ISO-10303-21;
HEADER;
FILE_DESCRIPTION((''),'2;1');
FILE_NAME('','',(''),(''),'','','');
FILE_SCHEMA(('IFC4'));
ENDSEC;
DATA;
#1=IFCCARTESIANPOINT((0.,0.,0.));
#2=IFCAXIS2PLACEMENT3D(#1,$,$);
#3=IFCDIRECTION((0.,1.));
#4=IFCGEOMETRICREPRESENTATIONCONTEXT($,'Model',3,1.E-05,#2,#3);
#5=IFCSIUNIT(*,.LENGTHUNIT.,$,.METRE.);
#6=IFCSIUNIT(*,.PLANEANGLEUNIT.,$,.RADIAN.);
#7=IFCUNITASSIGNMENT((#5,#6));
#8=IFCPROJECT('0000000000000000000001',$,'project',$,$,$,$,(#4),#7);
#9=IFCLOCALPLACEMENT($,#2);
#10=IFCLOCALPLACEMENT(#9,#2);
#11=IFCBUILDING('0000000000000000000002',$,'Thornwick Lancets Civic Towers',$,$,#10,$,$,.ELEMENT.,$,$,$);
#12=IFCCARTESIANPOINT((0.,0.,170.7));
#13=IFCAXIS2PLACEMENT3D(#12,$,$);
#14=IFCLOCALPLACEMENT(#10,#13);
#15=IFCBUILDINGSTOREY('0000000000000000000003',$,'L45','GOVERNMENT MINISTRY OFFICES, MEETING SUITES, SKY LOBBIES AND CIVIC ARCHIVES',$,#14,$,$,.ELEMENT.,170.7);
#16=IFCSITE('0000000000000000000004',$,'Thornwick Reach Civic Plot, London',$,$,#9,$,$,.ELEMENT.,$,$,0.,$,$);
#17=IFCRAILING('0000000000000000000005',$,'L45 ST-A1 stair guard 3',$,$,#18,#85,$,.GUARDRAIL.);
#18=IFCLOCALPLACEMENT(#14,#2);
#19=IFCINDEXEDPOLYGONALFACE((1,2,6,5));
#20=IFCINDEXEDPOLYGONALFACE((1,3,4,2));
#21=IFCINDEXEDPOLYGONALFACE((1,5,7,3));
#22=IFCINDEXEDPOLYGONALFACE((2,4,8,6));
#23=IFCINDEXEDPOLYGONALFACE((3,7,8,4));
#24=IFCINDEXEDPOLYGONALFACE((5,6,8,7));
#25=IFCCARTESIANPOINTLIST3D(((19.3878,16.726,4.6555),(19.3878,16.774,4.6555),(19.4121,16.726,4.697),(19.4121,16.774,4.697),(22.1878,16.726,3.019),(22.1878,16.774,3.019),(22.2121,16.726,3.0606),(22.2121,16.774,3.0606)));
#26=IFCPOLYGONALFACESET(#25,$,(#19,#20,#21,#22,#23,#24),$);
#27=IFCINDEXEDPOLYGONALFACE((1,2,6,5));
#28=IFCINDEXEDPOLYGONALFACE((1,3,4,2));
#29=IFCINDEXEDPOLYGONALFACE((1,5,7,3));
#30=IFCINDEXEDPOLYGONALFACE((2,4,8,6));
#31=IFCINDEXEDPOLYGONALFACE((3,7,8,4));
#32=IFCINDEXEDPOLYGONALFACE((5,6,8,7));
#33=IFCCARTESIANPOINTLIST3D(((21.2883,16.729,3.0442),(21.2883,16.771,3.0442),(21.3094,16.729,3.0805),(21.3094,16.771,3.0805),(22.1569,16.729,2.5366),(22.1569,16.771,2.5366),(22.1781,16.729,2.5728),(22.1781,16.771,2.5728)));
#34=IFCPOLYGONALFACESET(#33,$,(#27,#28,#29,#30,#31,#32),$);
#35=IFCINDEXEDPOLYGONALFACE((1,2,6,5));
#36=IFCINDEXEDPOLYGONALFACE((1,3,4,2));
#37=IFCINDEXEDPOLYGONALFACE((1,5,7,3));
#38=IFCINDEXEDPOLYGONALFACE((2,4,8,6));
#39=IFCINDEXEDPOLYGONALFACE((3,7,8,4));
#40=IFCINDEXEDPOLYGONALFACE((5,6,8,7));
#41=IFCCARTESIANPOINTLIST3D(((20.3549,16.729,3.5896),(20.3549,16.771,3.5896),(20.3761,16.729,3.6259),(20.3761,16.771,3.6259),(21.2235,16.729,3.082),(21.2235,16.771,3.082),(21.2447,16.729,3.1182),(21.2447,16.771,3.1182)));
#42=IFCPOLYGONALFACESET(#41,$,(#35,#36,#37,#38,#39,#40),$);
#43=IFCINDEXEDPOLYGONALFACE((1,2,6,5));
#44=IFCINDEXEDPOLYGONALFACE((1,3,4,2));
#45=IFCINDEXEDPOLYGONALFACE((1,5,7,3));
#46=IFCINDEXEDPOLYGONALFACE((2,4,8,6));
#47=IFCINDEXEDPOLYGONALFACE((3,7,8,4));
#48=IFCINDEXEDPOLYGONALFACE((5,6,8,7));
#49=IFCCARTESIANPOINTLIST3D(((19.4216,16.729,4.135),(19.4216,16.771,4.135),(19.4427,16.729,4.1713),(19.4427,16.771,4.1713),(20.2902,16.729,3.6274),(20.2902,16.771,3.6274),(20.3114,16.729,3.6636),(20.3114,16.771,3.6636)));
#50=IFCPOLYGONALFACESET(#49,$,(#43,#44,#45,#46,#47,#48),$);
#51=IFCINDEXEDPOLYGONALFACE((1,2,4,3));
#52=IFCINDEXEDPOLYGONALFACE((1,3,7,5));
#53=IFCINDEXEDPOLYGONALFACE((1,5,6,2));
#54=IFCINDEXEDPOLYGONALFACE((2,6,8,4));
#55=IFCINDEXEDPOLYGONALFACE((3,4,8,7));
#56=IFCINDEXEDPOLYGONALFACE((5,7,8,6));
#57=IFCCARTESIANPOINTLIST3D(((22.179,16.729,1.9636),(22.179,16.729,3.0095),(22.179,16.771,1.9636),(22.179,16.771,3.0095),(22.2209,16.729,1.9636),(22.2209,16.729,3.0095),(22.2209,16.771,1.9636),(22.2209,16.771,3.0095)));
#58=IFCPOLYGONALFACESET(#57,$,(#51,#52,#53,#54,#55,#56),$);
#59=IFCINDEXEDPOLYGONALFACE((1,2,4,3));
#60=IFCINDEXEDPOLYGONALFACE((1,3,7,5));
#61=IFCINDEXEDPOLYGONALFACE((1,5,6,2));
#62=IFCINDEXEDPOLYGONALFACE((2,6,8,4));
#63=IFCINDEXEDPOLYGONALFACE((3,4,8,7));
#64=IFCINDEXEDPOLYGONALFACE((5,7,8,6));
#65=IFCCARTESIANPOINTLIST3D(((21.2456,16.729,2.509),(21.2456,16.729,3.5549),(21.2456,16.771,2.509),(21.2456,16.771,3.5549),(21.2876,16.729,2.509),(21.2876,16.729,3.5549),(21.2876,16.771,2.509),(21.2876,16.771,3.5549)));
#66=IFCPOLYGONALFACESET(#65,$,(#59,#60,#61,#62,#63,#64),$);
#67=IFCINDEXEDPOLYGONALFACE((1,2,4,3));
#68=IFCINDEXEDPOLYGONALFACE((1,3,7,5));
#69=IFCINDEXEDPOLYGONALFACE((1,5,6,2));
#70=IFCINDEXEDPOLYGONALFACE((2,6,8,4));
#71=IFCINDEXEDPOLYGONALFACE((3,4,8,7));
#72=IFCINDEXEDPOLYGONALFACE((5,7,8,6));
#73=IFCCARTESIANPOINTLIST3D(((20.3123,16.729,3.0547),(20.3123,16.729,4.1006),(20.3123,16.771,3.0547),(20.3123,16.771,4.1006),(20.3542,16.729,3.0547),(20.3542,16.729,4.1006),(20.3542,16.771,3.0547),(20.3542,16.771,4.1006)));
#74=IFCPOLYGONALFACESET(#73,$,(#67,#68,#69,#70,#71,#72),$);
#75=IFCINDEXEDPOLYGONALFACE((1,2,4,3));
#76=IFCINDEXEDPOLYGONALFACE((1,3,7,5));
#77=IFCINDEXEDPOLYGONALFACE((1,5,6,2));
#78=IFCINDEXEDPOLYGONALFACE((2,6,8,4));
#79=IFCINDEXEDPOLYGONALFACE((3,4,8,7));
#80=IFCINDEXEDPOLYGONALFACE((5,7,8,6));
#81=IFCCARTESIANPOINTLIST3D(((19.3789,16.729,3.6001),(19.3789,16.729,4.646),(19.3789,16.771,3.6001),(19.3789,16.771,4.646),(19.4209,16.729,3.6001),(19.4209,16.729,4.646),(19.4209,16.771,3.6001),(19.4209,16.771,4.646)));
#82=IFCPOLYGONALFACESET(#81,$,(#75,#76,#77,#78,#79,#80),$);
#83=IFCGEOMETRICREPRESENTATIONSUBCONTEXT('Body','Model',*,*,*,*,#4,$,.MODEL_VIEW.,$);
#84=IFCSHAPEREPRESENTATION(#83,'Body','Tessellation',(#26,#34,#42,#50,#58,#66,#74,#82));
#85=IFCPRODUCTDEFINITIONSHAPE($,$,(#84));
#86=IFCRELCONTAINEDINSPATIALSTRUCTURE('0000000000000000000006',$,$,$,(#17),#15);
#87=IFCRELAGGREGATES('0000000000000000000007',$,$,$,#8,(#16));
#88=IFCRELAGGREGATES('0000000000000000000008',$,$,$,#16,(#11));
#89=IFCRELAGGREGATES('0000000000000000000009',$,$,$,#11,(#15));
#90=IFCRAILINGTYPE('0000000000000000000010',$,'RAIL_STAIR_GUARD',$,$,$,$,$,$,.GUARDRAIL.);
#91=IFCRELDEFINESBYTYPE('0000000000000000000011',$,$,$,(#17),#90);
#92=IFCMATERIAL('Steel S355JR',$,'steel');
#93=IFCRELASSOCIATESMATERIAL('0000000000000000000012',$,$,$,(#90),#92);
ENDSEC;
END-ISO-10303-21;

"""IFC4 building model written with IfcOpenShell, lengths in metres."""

from ifc_helpers import new_model, si_unit, direction, frame, origin, origin_2d, place, context, subcontext, project, spatial, rectangle, extrude, material, type_object, element, save


model = new_model("IFC4")

# Units and contexts
model_context = context("Model", 3, precision=1e-05, world=origin(), true_north=direction((0.0, 1.0)))
body_context = subcontext(model_context, "Body", "Model", "MODEL_VIEW")
ifc_project = project(units=[si_unit("LENGTHUNIT", "METRE"), si_unit("PLANEANGLEUNIT", "RADIAN")], contexts=[model_context])

# Site, building, storey
site_placement = place(None, origin())
site = spatial("IfcSite", under=ifc_project, at=site_placement, Name="Thornwick Reach Civic Plot, London", CompositionType="ELEMENT", RefElevation=0.0)
building_placement = place(site_placement, origin())
building = spatial("IfcBuilding", under=site, at=building_placement, Name="Thornwick Lancets Civic Towers", CompositionType="ELEMENT")
storey_placement = place(building_placement, frame((0.0, 0.0, 170.7)))
storey = spatial("IfcBuildingStorey", under=building, at=storey_placement, Name="L45", Description="GOVERNMENT MINISTRY OFFICES, MEETING SUITES, SKY LOBBIES AND CIVIC ARCHIVES", CompositionType="ELEMENT", Elevation=170.7)

# Railing
ifc_material_1 = material(Name="Steel S355JR", Category="steel")
railing_type_1 = type_object("IfcRailingType", Name="RAIL_STAIR_GUARD", PredefinedType="GUARDRAIL", material=ifc_material_1)
railing_1_placement = place(storey_placement, frame((22.2, 16.75, 1.9636)))
element("IfcRailing", 1, at=railing_1_placement, inside=storey, type_object=railing_type_1, Name="L45 ST-A1 stair guard 3", PredefinedType="GUARDRAIL", context=body_context, shape_type="SweptSolid", body=[
    extrude(rectangle(XDim=0.0481, YDim=0.0481, at=origin_2d()), frame((0.0, 0.0, 1.0762), z_axis=(-0.863361, 0.0, 0.504587), x_axis=(0.0, -1.0, 0.0)), (0.0, 0.0, 1.0), 3.2432),
    extrude(rectangle(XDim=0.042, YDim=0.042, at=origin_2d()), frame((-0.0325, 0.0, 0.5911), z_axis=(-0.863361, 0.0, 0.504587), x_axis=(0.0, -1.0, 0.0)), (0.0, 0.0, 1.0), 1.0061),
    extrude(rectangle(XDim=0.042, YDim=0.042, at=origin_2d()), frame((-0.9658, 0.0, 1.1365), z_axis=(-0.863361, 0.0, 0.504587), x_axis=(0.0, -1.0, 0.0)), (0.0, 0.0, 1.0), 1.0061),
    extrude(rectangle(XDim=0.042, YDim=0.042, at=origin_2d()), frame((-1.8992, 0.0, 1.6819), z_axis=(-0.863361, 0.0, 0.504587), x_axis=(0.0, -1.0, 0.0)), (0.0, 0.0, 1.0), 1.0061),
    extrude(rectangle(XDim=0.042, YDim=0.042, at=origin_2d()), origin(), (0.0, 0.0, 1.0), 1.0459),
    extrude(rectangle(XDim=0.042, YDim=0.042, at=origin_2d()), frame((-0.9333, 0.0, 0.5454)), (0.0, 0.0, 1.0), 1.0459),
    extrude(rectangle(XDim=0.042, YDim=0.042, at=origin_2d()), frame((-1.8667, 0.0, 1.0911)), (0.0, 0.0, 1.0), 1.0459),
    extrude(rectangle(XDim=0.042, YDim=0.042, at=origin_2d()), frame((-2.8, 0.0, 1.6365)), (0.0, 0.0, 1.0), 1.0459),
])

save(model, "model.ifc")
